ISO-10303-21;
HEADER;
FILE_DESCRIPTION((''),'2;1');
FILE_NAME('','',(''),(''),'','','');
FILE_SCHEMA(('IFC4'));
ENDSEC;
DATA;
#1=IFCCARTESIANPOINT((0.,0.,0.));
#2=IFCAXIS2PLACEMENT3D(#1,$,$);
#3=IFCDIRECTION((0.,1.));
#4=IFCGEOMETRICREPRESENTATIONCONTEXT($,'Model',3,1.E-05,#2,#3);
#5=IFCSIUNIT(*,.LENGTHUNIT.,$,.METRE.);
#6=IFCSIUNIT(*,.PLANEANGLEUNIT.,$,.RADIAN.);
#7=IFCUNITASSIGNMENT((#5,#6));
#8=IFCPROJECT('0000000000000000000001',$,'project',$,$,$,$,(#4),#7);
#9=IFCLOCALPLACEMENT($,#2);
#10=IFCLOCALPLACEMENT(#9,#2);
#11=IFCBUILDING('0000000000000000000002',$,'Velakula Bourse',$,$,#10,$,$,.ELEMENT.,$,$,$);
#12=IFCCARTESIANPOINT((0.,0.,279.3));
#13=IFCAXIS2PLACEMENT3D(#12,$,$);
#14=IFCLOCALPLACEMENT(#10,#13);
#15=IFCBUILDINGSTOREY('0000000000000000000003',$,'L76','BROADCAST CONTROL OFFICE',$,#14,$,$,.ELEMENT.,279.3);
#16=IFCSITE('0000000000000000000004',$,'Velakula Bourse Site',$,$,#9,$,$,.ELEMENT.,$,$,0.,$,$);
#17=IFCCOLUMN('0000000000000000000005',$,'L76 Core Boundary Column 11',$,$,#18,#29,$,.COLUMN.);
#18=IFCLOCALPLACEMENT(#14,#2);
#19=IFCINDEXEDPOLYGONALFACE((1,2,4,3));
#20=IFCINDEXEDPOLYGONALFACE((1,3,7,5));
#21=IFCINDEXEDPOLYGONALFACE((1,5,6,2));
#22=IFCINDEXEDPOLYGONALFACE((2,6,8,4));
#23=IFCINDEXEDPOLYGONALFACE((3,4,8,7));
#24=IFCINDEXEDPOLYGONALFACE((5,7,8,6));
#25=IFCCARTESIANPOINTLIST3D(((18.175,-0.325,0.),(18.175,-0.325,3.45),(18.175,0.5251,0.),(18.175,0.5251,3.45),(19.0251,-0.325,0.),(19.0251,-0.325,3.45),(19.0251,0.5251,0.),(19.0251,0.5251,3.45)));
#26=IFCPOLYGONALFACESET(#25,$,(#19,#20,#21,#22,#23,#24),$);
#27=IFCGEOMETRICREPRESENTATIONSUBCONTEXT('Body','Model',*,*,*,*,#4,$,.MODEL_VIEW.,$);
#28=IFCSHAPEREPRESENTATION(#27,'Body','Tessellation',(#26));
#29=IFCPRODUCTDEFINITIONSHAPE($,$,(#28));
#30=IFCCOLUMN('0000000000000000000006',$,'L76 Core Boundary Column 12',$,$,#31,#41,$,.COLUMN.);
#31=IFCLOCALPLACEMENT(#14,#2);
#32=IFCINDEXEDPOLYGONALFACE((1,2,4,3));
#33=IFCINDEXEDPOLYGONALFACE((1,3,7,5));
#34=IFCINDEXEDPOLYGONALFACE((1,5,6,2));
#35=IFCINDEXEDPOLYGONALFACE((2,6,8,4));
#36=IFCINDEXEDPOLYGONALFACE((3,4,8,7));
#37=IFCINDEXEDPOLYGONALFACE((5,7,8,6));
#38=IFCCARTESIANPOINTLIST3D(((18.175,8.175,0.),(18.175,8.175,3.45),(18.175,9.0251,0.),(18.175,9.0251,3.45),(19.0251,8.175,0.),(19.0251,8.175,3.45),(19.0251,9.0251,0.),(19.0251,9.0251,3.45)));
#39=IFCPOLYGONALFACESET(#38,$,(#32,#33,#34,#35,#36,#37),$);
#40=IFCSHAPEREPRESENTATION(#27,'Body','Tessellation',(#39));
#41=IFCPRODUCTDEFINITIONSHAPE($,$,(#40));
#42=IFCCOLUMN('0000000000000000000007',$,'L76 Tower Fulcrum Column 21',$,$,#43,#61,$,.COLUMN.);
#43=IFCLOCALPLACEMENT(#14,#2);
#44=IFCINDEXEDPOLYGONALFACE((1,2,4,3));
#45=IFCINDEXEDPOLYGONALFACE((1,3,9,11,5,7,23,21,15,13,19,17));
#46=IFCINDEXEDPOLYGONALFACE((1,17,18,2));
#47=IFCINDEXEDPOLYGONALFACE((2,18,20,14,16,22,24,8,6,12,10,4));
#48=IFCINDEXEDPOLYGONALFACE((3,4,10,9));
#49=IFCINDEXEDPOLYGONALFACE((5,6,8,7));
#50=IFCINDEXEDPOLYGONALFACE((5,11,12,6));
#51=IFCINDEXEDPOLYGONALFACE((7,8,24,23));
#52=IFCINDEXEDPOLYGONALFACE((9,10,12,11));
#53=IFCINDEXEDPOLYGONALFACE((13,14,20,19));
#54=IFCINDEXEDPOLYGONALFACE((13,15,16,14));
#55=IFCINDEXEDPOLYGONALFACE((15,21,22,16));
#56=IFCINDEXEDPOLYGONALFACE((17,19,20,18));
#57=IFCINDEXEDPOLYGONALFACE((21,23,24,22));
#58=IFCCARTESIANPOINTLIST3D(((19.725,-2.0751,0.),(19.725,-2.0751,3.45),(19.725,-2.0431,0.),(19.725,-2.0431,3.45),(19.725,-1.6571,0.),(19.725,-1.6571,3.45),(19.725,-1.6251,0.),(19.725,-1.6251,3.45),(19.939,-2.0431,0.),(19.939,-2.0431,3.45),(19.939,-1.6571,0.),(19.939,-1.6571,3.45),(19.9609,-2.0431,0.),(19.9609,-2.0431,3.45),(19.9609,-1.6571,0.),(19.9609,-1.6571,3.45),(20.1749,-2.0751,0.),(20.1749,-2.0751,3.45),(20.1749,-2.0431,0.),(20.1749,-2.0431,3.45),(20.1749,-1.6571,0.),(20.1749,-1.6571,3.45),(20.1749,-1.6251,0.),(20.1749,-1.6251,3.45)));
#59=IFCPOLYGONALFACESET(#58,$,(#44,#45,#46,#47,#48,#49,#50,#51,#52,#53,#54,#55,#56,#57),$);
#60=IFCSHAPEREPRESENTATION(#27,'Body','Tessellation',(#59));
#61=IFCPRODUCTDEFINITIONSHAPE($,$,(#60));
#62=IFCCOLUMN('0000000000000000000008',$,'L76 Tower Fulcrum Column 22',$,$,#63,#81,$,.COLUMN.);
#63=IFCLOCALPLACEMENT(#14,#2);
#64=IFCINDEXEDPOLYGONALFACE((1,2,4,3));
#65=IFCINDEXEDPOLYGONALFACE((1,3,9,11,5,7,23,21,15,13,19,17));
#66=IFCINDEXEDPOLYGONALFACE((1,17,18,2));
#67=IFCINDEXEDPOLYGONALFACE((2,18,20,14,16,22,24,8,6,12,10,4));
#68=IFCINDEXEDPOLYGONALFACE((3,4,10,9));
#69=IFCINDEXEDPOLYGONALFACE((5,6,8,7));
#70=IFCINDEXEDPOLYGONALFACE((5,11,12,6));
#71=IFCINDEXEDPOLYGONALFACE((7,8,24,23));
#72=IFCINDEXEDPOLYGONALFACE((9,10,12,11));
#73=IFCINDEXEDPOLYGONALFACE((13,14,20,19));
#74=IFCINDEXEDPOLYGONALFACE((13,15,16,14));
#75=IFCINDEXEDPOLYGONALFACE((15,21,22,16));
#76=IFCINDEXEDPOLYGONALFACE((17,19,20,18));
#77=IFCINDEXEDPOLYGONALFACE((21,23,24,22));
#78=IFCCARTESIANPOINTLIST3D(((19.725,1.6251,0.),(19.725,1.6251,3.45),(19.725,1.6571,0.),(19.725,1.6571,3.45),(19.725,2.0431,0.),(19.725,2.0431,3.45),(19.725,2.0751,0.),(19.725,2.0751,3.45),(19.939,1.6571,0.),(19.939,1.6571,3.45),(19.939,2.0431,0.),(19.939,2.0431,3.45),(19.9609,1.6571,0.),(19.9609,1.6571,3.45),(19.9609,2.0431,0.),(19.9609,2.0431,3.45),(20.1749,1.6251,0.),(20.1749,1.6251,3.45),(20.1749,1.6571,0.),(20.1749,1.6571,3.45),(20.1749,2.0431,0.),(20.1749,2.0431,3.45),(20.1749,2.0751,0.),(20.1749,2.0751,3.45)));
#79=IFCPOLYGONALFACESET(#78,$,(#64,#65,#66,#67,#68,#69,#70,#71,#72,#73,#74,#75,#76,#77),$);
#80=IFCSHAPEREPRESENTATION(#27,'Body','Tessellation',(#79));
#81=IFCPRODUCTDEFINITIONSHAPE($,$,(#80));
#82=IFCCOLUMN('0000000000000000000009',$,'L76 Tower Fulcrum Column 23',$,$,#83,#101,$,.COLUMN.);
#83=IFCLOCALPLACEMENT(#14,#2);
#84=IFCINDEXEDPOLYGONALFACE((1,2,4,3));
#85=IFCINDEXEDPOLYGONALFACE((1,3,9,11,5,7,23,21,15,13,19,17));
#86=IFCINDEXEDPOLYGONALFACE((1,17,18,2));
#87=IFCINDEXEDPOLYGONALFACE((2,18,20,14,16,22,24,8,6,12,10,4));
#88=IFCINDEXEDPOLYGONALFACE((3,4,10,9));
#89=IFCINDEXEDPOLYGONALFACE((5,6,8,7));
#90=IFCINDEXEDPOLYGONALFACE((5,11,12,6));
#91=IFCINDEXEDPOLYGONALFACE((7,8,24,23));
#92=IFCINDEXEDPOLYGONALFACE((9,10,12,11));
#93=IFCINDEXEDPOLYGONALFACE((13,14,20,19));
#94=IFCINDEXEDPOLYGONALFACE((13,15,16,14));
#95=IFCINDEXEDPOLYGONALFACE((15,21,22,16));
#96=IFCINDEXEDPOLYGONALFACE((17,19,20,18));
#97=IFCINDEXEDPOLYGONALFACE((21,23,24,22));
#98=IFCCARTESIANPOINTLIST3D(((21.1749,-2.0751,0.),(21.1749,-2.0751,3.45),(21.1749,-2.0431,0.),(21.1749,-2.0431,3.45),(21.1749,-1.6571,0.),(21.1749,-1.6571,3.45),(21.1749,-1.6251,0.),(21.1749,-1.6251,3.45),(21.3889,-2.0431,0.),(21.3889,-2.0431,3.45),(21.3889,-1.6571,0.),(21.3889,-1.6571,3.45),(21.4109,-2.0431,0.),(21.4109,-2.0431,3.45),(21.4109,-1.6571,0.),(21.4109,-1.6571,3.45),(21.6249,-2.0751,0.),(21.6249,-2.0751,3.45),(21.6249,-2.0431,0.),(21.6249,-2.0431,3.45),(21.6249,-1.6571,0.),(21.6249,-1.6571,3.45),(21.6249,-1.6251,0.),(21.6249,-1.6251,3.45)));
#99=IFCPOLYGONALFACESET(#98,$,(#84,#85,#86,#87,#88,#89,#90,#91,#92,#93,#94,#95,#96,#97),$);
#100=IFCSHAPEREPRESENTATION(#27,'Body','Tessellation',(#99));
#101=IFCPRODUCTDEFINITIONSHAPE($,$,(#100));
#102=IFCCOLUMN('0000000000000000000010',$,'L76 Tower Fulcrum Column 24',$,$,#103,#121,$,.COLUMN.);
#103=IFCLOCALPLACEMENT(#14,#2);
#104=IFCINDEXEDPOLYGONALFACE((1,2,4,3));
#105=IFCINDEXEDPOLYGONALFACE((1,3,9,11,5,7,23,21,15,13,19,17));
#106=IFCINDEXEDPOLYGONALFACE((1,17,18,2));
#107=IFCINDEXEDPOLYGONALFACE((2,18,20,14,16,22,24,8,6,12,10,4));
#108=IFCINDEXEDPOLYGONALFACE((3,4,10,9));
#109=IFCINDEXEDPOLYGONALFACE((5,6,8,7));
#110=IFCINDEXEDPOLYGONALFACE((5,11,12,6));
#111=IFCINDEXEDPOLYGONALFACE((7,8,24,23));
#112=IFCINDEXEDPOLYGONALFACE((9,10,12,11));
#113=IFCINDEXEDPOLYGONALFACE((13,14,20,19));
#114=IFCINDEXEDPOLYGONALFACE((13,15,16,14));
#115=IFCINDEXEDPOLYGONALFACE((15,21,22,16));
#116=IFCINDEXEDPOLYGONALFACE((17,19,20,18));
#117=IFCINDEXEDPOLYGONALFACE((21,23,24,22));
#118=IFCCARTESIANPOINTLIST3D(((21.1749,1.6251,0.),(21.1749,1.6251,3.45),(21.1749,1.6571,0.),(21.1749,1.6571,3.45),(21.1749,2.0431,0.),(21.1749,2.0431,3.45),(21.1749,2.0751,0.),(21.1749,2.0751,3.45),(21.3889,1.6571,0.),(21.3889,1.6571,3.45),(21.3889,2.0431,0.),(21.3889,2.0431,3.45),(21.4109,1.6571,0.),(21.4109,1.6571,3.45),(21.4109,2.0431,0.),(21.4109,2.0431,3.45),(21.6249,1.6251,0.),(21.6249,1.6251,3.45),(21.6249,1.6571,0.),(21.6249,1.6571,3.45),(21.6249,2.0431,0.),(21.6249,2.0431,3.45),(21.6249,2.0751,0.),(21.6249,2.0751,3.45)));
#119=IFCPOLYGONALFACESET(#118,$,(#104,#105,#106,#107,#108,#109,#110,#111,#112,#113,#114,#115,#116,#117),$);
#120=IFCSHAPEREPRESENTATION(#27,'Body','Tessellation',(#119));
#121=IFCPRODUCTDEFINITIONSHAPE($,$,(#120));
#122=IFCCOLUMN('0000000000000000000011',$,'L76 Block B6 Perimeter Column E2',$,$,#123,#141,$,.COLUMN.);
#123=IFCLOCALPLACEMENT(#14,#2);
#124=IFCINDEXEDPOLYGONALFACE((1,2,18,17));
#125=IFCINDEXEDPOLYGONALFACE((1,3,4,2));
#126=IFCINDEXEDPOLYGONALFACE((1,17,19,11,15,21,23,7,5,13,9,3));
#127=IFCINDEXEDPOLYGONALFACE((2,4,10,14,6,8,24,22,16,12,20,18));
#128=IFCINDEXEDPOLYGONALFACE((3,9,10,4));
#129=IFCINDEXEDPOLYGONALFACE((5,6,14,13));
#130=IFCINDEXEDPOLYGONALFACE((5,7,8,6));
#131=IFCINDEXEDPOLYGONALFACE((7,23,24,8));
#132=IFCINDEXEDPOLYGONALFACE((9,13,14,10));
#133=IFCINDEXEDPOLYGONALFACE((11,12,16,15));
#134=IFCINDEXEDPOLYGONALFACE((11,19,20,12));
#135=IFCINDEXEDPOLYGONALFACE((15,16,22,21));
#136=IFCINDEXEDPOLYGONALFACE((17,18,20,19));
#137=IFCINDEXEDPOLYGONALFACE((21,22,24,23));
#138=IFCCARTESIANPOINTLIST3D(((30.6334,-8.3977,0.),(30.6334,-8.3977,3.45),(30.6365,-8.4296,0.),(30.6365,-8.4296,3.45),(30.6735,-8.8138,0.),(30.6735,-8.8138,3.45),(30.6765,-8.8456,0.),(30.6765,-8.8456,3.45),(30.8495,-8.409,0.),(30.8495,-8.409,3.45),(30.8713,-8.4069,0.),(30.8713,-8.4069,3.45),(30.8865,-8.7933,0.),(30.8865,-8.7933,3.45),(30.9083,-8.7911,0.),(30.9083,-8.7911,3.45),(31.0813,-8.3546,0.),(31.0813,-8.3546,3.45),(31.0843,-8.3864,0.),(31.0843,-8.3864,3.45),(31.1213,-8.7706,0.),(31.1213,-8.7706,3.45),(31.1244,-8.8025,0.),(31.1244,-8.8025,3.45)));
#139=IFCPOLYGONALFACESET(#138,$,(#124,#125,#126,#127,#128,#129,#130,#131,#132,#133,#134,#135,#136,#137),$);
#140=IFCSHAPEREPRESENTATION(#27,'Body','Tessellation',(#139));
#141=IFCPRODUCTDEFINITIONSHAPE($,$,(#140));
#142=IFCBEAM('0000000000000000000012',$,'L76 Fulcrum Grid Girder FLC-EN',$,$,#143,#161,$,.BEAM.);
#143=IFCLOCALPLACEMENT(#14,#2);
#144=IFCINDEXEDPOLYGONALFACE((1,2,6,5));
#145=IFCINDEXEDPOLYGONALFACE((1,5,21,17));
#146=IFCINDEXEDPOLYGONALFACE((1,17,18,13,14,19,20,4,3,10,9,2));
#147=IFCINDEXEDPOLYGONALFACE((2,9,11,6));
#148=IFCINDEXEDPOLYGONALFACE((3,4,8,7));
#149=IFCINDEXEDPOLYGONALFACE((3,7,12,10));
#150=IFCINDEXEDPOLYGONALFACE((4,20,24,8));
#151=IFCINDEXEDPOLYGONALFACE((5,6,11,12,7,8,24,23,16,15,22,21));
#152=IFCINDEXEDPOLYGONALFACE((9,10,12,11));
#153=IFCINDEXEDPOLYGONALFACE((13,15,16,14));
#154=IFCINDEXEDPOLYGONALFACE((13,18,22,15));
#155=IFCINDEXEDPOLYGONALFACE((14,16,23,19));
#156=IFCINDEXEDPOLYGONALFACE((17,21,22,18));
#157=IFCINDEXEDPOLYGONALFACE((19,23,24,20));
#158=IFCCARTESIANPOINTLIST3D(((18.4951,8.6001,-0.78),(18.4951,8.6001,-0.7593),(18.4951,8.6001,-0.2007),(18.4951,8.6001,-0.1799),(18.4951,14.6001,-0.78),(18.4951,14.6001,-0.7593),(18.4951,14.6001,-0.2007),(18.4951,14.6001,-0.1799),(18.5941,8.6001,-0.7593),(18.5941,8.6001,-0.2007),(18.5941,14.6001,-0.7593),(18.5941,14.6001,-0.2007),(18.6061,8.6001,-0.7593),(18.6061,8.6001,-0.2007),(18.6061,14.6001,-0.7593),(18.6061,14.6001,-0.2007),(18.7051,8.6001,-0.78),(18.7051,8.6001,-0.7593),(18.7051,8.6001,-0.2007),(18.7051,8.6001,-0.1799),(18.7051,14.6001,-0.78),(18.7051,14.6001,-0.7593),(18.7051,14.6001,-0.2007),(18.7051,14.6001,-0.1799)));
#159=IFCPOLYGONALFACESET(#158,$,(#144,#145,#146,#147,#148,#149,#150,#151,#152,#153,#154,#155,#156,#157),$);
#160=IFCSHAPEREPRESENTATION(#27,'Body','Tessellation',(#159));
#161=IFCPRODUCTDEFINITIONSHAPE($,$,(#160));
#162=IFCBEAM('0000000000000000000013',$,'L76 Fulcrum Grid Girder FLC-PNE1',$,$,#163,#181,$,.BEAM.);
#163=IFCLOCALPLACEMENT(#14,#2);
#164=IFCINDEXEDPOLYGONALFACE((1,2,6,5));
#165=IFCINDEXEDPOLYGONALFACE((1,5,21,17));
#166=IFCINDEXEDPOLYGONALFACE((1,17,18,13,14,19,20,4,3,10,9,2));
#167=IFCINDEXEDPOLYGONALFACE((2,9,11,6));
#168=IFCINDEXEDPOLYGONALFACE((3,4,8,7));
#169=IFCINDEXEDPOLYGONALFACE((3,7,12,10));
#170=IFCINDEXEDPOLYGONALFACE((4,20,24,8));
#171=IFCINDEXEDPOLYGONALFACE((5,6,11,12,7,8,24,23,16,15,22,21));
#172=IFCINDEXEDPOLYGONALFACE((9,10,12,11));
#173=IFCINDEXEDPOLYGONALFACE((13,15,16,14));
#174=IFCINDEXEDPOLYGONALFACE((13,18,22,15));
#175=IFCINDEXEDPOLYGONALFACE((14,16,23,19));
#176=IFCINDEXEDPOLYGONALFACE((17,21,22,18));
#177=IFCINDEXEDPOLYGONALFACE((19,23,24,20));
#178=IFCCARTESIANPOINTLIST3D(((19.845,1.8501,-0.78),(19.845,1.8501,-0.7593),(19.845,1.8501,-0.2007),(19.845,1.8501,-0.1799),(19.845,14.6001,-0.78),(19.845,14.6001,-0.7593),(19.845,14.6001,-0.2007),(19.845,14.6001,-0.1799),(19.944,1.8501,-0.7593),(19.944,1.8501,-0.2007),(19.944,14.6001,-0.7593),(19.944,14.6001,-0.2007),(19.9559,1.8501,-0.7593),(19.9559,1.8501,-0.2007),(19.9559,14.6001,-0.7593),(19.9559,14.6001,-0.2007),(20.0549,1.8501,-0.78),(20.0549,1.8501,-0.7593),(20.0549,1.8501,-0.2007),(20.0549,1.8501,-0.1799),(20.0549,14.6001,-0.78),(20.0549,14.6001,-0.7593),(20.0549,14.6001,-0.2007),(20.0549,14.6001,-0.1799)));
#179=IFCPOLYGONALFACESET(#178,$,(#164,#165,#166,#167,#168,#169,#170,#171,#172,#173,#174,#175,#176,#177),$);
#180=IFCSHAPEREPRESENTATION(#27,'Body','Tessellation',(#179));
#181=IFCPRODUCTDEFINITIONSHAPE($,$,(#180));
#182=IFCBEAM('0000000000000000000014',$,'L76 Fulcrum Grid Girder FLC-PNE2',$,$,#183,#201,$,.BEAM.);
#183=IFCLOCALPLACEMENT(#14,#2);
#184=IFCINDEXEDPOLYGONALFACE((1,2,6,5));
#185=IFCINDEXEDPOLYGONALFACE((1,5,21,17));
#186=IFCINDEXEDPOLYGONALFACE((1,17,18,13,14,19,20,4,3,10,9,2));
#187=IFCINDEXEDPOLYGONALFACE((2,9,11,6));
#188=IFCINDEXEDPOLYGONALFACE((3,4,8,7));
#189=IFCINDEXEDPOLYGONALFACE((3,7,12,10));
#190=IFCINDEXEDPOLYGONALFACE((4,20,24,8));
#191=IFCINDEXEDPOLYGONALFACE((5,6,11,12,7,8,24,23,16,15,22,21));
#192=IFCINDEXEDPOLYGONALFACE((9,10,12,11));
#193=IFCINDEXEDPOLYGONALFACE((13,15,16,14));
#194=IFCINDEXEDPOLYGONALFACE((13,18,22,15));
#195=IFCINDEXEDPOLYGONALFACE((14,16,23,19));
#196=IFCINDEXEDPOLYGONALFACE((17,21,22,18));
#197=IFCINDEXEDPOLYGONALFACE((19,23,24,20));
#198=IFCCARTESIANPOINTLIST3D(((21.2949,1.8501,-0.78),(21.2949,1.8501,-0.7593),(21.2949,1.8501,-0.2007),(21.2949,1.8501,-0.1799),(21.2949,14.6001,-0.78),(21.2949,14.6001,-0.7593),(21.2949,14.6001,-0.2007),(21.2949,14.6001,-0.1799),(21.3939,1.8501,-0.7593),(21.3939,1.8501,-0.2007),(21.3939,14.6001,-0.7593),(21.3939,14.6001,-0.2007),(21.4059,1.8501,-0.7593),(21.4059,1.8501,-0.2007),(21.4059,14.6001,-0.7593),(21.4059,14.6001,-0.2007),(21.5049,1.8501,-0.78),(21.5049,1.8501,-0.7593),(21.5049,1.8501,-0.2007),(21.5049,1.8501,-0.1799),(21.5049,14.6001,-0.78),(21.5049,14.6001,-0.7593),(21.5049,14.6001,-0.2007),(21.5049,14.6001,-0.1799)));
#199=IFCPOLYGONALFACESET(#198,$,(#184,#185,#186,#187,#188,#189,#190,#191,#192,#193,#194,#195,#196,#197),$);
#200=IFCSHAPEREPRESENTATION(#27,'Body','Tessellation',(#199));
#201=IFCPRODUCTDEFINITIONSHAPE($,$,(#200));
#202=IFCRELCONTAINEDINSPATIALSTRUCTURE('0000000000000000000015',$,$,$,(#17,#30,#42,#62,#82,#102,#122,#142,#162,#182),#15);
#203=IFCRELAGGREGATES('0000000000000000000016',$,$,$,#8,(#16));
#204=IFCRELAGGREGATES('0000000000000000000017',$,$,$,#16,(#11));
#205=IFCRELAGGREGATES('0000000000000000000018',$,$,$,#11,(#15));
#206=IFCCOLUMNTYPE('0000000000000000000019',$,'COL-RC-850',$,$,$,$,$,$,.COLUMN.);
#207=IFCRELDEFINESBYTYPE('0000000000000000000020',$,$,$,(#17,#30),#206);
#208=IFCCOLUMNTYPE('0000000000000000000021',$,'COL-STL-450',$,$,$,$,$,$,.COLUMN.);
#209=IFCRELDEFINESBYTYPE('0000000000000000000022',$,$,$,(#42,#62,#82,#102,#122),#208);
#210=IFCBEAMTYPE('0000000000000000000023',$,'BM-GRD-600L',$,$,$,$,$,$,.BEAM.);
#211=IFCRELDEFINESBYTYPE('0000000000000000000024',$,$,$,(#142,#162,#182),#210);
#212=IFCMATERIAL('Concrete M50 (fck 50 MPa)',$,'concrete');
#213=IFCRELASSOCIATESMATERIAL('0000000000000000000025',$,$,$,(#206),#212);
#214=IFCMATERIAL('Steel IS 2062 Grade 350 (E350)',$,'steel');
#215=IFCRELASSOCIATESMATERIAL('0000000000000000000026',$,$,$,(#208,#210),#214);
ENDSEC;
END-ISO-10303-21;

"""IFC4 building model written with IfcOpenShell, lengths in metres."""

from ifc_helpers import new_model, si_unit, direction, frame, origin, origin_2d, place, context, subcontext, project, spatial, rectangle, i_section, extrude, material, material_profile, profile_set, type_object, element, save


model = new_model("IFC4")

# Units and contexts
model_context = context("Model", 3, precision=1e-05, world=origin(), true_north=direction((0.0, 1.0)))
body_context = subcontext(model_context, "Body", "Model", "MODEL_VIEW")
ifc_project = project(units=[si_unit("LENGTHUNIT", "METRE"), si_unit("PLANEANGLEUNIT", "RADIAN")], contexts=[model_context])

# Site, building, storey
site_placement = place(None, origin())
site = spatial("IfcSite", under=ifc_project, at=site_placement, Name="Velakula Bourse Site", CompositionType="ELEMENT", RefElevation=0.0)
building_placement = place(site_placement, origin())
building = spatial("IfcBuilding", under=site, at=building_placement, Name="Velakula Bourse", CompositionType="ELEMENT")
storey_placement = place(building_placement, frame((0.0, 0.0, 279.3)))
storey = spatial("IfcBuildingStorey", under=building, at=storey_placement, Name="L76", Description="BROADCAST CONTROL OFFICE", CompositionType="ELEMENT", Elevation=279.3)

# Columns
ifc_material_1 = material(Name="Concrete M50 (fck 50 MPa)", Category="concrete")
ifc_material_profile_1 = material_profile(ifc_material_1, rectangle(XDim=0.8501, YDim=0.8501, at=origin_2d()), Name="Concrete M50 (fck 50 MPa)")
ifc_profile_set_1 = profile_set([ifc_material_profile_1], Name="Concrete M50 (fck 50 MPa)")
column_type_1 = type_object("IfcColumnType", Name="COL-RC-850", PredefinedType="COLUMN", material=ifc_profile_set_1)
for number, where, z_axis, x_axis, name in (
    (1, (18.6001, 0.1001, 0.0), (0.0, 0.0, 1.0), (1.0, 0.0, 0.0), "L76 Core Boundary Column 11"),
    (2, (18.6001, 8.6001, 0.0), (0.0, 0.0, 1.0), (1.0, 0.0, 0.0), "L76 Core Boundary Column 12"),
):
    element("IfcColumn", number, at=place(storey_placement, frame(where, z_axis=z_axis, x_axis=x_axis)), inside=storey, type_object=column_type_1, Name=name, PredefinedType="COLUMN", context=body_context, shape_type="SweptSolid", body=[
        extrude(rectangle(XDim=0.8501, YDim=0.8501, at=origin_2d()), origin(), (0.0, 0.0, 1.0), 3.45),
    ])
ifc_material_2 = material(Name="Steel IS 2062 Grade 350 (E350)", Category="steel")
ifc_material_profile_2 = material_profile(ifc_material_2, i_section(OverallWidth=0.45, OverallDepth=0.45, WebThickness=0.022, FlangeThickness=0.032, at=origin_2d()), Name="Steel IS 2062 Grade 350 (E350)")
ifc_profile_set_2 = profile_set([ifc_material_profile_2], Name="Steel IS 2062 Grade 350 (E350)")
column_type_2 = type_object("IfcColumnType", Name="COL-STL-450", PredefinedType="COLUMN", material=ifc_profile_set_2)
for number, where, z_axis, x_axis, name in (
    (3, (19.95, -1.8501, 0.0), (0.0, 0.0, 1.0), (1.0, 0.0, 0.0), "L76 Tower Fulcrum Column 21"),
    (4, (19.95, 1.8501, 0.0), (0.0, 0.0, 1.0), (1.0, 0.0, 0.0), "L76 Tower Fulcrum Column 22"),
    (5, (21.3999, -1.8501, 0.0), (0.0, 0.0, 1.0), (1.0, 0.0, 0.0), "L76 Tower Fulcrum Column 23"),
    (6, (21.3999, 1.8501, 0.0), (0.0, 0.0, 1.0), (1.0, 0.0, 0.0), "L76 Tower Fulcrum Column 24"),
    (7, (30.8789, -8.6001, 0.0), (0.0, 0.0, 1.0), (0.995396, 0.095846, 0.0), "L76 Block B6 Perimeter Column E2"),
):
    element("IfcColumn", number, at=place(storey_placement, frame(where, z_axis=z_axis, x_axis=x_axis)), inside=storey, type_object=column_type_2, Name=name, PredefinedType="COLUMN", context=body_context, shape_type="SweptSolid", body=[
        extrude(i_section(OverallWidth=0.45, OverallDepth=0.45, WebThickness=0.022, FlangeThickness=0.032, at=origin_2d()), origin(), (0.0, 0.0, 1.0), 3.45),
    ])

# Beams
ifc_material_profile_3 = material_profile(ifc_material_2, i_section(OverallWidth=0.21, OverallDepth=0.6001, WebThickness=0.012, FlangeThickness=0.0208, at=origin_2d()), Name="Steel IS 2062 Grade 350 (E350)")
ifc_profile_set_3 = profile_set([ifc_material_profile_3], Name="Steel IS 2062 Grade 350 (E350)")
beam_type_1 = type_object("IfcBeamType", Name="BM-GRD-600L", PredefinedType="BEAM", material=ifc_profile_set_3)
beam_1_placement = place(storey_placement, frame((18.6001, 8.6001, -0.48), z_axis=(0.0, 1.0, 0.0), x_axis=(-1.0, 0.0, 0.0)))
element("IfcBeam", 8, at=beam_1_placement, inside=storey, type_object=beam_type_1, Name="L76 Fulcrum Grid Girder FLC-EN", PredefinedType="BEAM", context=body_context, shape_type="SweptSolid", body=[
    extrude(i_section(OverallWidth=0.21, OverallDepth=0.6001, WebThickness=0.012, FlangeThickness=0.0208, at=origin_2d()), origin(), (0.0, 0.0, 1.0), 6.0),
])
for number, where, z_axis, x_axis, name in (
    (9, (19.95, 1.8501, -0.48), (0.0, 1.0, 0.0), (-1.0, 0.0, 0.0), "L76 Fulcrum Grid Girder FLC-PNE1"),
    (10, (21.3999, 1.8501, -0.48), (0.0, 1.0, 0.0), (-1.0, 0.0, 0.0), "L76 Fulcrum Grid Girder FLC-PNE2"),
):
    element("IfcBeam", number, at=place(storey_placement, frame(where, z_axis=z_axis, x_axis=x_axis)), inside=storey, type_object=beam_type_1, Name=name, PredefinedType="BEAM", context=body_context, shape_type="SweptSolid", body=[
        extrude(i_section(OverallWidth=0.21, OverallDepth=0.6001, WebThickness=0.012, FlangeThickness=0.0208, at=origin_2d()), origin(), (0.0, 0.0, 1.0), 12.75),
    ])

save(model, "model.ifc")
